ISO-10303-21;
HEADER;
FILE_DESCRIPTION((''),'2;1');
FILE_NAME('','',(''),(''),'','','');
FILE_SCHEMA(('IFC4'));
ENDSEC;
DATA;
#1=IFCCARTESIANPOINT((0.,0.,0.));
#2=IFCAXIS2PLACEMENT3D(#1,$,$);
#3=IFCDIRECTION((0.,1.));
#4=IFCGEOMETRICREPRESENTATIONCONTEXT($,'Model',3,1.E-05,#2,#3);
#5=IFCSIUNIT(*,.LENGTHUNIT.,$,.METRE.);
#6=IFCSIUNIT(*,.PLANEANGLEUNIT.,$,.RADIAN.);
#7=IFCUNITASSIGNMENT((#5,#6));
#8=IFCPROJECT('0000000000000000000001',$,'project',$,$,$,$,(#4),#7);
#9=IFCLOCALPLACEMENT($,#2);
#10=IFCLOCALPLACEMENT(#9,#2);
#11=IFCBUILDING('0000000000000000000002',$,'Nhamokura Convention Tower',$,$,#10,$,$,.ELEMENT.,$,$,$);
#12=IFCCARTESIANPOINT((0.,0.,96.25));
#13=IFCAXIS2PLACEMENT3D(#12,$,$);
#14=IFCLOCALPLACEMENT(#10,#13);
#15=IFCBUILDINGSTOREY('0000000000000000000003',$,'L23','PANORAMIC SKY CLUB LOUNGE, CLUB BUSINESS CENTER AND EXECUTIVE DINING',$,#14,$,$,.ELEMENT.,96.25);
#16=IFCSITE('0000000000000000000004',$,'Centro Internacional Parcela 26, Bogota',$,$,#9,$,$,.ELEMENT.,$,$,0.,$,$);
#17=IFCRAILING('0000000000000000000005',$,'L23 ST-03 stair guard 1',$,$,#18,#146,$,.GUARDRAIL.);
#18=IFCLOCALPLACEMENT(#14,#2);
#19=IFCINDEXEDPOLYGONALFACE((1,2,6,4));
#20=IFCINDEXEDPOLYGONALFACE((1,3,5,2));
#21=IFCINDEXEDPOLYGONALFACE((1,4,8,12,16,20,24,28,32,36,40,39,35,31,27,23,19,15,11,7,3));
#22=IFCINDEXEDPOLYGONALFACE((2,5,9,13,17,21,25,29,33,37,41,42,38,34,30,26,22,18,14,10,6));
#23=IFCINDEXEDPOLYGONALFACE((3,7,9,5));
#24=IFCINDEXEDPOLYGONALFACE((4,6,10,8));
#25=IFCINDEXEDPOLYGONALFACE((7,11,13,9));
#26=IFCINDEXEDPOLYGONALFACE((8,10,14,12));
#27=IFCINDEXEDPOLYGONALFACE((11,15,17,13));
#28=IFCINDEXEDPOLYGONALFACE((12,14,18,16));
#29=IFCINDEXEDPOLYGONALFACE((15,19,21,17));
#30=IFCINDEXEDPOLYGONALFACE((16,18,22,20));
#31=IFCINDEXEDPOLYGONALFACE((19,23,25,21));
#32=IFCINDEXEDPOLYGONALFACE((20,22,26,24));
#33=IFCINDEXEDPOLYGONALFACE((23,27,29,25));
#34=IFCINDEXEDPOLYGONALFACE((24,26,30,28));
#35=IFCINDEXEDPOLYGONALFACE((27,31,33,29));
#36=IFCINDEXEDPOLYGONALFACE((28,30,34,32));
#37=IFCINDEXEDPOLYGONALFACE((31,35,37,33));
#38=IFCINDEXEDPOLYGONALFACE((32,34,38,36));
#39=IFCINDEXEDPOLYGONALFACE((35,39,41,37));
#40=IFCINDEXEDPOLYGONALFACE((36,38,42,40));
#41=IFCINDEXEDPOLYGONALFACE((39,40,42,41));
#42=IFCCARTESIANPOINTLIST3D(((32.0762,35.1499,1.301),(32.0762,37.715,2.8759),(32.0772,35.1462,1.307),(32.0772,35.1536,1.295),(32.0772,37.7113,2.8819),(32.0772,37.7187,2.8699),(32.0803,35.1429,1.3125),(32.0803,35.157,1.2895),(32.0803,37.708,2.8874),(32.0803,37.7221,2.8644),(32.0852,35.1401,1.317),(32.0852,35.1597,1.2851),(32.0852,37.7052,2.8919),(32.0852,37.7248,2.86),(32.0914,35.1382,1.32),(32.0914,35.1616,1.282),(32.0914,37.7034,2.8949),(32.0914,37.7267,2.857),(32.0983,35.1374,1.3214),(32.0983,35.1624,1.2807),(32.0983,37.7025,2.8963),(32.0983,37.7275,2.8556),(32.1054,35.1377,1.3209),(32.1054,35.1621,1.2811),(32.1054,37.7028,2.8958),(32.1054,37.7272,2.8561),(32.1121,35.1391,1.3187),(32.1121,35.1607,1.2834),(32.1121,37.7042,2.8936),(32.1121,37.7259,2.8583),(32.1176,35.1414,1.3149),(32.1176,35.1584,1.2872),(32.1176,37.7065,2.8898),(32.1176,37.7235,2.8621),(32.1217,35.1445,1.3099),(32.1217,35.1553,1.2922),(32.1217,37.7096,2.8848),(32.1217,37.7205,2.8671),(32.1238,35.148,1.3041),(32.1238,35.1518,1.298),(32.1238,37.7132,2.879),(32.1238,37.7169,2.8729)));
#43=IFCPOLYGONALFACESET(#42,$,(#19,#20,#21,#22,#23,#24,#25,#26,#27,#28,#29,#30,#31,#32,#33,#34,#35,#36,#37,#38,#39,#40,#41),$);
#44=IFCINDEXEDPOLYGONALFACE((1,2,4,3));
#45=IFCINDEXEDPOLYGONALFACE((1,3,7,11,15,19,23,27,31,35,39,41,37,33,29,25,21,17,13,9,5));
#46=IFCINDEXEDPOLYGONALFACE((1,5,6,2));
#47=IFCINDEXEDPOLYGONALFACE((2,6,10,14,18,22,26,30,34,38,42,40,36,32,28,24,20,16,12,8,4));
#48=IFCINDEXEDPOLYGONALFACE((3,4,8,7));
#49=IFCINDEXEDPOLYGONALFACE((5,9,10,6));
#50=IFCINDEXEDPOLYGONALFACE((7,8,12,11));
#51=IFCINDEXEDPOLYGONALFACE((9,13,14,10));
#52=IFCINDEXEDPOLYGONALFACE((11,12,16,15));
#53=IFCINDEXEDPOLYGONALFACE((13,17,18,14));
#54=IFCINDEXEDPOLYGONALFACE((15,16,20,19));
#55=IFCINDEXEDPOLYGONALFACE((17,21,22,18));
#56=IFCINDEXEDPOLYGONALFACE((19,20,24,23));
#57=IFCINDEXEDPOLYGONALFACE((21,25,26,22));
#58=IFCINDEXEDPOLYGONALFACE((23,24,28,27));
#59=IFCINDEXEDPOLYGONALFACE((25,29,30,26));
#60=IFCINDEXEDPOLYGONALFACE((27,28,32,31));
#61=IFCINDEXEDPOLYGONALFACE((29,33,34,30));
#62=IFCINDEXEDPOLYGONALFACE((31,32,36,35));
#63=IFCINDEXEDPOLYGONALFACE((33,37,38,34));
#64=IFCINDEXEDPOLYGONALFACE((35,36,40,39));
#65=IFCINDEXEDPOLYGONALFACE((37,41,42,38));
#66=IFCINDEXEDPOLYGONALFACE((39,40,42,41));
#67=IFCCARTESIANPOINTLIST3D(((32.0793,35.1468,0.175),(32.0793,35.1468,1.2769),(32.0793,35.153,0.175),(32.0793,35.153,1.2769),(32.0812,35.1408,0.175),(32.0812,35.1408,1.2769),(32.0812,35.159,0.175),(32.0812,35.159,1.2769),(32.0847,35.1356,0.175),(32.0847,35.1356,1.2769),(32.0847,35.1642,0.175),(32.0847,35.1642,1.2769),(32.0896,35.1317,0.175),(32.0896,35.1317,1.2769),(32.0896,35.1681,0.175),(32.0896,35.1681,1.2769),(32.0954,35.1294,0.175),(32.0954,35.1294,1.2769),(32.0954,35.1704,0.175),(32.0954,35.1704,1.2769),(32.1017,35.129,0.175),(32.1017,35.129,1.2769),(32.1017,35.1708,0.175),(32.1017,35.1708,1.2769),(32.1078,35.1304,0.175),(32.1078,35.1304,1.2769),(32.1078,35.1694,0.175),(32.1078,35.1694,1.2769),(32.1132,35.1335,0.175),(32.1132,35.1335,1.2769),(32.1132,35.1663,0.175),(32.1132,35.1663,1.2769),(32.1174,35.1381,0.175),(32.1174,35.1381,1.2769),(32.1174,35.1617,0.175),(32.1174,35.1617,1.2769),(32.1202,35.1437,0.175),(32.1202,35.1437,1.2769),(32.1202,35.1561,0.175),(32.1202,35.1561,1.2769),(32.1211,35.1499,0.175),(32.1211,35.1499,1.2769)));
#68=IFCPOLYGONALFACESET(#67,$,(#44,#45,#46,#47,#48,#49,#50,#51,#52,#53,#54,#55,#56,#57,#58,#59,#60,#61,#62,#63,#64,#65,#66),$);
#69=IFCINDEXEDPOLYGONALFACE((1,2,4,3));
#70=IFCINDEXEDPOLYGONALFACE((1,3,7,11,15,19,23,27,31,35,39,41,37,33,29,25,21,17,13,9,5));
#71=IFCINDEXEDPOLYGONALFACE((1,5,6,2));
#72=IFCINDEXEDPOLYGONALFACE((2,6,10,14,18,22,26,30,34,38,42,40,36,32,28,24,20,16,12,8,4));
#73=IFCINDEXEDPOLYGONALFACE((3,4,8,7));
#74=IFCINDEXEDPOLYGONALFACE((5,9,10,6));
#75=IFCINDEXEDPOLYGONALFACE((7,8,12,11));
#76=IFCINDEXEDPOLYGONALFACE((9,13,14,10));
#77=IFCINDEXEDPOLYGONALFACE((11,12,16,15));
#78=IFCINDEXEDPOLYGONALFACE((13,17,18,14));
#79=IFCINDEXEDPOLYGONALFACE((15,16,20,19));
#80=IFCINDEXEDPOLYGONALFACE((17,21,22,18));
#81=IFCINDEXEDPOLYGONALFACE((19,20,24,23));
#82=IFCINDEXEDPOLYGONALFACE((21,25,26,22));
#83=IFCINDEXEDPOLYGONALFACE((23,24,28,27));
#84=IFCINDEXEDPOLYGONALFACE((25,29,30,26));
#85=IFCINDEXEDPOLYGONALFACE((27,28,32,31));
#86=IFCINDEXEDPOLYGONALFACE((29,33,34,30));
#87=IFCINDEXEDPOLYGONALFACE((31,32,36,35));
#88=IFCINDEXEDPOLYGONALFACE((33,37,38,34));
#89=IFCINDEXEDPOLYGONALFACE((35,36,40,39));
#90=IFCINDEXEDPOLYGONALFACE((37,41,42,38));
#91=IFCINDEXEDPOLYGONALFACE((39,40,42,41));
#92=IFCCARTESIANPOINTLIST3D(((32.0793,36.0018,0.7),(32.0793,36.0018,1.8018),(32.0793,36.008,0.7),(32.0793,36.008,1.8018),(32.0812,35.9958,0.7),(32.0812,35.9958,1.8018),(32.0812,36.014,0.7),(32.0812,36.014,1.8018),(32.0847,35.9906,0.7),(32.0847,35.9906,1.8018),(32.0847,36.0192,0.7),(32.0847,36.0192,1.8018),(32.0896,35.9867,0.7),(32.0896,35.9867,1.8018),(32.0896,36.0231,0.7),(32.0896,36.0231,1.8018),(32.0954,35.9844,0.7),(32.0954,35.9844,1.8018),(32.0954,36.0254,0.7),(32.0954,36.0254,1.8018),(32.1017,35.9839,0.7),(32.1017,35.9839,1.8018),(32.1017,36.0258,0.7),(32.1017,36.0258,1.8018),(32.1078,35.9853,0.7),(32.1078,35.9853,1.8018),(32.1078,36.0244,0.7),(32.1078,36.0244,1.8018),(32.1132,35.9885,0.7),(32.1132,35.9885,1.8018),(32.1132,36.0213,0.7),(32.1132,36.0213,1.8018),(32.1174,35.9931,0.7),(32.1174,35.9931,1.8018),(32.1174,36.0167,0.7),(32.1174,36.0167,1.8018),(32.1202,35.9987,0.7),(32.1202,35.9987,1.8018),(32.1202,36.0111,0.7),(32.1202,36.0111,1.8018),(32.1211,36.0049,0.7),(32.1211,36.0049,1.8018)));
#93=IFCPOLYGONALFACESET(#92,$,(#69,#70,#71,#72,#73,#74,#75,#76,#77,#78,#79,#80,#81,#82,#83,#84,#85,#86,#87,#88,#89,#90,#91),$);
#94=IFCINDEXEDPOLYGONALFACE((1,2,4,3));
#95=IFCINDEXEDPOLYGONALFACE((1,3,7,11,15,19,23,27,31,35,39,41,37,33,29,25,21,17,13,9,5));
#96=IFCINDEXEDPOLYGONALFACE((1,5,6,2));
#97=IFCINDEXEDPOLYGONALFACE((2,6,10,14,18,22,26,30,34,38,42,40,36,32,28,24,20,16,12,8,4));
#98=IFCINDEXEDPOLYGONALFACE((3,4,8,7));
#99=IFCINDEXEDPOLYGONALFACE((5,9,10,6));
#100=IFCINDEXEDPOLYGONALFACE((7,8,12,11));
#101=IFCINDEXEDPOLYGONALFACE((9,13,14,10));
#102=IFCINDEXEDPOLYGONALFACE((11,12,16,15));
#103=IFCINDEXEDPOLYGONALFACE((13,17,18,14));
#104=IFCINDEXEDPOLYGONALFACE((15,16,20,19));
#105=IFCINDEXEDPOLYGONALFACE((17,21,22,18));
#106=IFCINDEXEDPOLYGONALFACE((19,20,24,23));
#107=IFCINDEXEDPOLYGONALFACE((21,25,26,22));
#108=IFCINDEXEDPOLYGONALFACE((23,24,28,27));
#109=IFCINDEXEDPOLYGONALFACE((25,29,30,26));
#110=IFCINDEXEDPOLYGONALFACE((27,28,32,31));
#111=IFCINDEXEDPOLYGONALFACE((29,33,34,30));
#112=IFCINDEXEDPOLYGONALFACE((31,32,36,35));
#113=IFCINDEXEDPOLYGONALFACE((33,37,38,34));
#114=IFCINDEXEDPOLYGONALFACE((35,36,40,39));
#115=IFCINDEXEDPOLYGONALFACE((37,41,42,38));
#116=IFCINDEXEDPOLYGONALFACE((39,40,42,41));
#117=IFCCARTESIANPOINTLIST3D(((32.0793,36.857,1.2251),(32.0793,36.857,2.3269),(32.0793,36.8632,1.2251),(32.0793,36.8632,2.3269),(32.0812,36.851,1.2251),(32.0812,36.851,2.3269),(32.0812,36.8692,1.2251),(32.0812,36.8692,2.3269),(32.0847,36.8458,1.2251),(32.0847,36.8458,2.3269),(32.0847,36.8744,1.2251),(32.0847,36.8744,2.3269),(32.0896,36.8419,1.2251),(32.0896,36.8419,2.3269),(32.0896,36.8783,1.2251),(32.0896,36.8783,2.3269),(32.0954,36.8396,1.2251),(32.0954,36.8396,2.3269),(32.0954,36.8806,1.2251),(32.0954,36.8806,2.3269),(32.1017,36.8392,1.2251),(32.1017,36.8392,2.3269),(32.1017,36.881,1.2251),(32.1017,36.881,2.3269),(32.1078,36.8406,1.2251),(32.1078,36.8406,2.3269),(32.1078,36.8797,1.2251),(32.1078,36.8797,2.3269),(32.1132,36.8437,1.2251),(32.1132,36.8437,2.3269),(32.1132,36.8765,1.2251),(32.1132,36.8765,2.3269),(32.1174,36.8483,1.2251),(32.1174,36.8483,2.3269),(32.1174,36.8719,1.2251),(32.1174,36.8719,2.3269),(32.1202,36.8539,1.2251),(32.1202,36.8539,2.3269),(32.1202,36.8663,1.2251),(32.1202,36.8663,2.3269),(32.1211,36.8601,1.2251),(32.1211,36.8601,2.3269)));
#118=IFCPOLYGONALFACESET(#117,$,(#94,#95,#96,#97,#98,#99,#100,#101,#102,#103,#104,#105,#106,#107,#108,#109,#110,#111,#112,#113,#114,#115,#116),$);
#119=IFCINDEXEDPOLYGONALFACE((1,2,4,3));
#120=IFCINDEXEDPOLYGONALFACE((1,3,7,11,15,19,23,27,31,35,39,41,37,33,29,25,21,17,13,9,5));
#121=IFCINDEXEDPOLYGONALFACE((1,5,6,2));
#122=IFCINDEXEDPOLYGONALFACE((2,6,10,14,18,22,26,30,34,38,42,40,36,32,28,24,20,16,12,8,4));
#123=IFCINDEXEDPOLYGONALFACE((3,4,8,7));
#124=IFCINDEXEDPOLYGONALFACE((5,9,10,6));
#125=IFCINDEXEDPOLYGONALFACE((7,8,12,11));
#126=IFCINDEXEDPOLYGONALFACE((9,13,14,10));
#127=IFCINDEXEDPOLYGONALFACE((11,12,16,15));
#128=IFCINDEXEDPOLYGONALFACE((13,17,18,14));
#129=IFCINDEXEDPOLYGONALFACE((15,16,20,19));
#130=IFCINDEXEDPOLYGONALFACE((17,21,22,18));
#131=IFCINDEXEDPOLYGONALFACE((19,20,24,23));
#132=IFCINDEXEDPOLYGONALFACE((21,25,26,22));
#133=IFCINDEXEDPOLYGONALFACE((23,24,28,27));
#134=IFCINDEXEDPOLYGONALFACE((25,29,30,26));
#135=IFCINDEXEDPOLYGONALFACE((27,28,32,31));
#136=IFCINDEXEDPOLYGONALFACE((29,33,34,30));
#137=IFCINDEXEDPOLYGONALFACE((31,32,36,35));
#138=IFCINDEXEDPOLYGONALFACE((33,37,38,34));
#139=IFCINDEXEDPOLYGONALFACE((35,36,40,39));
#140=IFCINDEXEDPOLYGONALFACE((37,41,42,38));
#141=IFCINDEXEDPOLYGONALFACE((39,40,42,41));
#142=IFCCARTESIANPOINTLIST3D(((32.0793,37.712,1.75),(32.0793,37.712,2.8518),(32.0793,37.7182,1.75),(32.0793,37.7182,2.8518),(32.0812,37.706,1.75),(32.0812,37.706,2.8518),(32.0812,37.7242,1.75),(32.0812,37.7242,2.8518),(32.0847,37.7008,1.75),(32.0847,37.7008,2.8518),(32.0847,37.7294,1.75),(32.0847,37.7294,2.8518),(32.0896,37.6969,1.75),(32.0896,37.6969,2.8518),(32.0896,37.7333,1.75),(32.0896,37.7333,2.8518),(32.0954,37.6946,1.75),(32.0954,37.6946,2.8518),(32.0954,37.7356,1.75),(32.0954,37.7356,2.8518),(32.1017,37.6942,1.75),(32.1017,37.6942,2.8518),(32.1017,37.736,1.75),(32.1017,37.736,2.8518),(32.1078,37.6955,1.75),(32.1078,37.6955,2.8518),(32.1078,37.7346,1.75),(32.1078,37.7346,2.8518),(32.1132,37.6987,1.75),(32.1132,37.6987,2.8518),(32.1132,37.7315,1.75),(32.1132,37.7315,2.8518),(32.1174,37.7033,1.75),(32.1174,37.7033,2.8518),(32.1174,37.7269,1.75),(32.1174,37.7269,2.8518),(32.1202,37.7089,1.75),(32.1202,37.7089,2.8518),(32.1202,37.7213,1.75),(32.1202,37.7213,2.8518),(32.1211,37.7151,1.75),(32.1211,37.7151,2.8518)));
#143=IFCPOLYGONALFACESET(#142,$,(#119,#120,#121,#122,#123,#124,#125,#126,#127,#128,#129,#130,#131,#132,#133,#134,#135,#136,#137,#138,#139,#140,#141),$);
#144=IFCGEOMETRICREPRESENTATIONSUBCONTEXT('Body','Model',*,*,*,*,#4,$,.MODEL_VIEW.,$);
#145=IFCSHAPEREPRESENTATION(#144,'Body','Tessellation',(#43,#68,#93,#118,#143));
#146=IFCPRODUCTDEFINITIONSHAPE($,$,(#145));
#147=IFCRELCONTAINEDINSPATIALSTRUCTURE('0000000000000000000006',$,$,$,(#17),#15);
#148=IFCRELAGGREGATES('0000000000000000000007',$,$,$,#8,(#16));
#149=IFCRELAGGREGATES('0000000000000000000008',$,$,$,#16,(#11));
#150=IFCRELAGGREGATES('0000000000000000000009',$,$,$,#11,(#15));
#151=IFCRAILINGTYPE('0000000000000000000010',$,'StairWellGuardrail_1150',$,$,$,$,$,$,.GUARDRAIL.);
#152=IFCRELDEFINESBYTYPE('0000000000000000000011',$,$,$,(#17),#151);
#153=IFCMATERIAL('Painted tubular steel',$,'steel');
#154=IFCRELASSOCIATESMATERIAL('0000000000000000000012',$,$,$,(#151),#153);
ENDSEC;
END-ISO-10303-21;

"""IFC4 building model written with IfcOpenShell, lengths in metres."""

from ifc_helpers import new_model, si_unit, direction, frame, origin, origin_2d, place, context, subcontext, project, spatial, circle, extrude, material, type_object, element, save


model = new_model("IFC4")

# Units and contexts
model_context = context("Model", 3, precision=1e-05, world=origin(), true_north=direction((0.0, 1.0)))
body_context = subcontext(model_context, "Body", "Model", "MODEL_VIEW")
ifc_project = project(units=[si_unit("LENGTHUNIT", "METRE"), si_unit("PLANEANGLEUNIT", "RADIAN")], contexts=[model_context])

# Site, building, storey
site_placement = place(None, origin())
site = spatial("IfcSite", under=ifc_project, at=site_placement, Name="Centro Internacional Parcela 26, Bogota", CompositionType="ELEMENT", RefElevation=0.0)
building_placement = place(site_placement, origin())
building = spatial("IfcBuilding", under=site, at=building_placement, Name="Nhamokura Convention Tower", CompositionType="ELEMENT")
storey_placement = place(building_placement, frame((0.0, 0.0, 96.25)))
storey = spatial("IfcBuildingStorey", under=building, at=storey_placement, Name="L23", Description="PANORAMIC SKY CLUB LOUNGE, CLUB BUSINESS CENTER AND EXECUTIVE DINING", CompositionType="ELEMENT", Elevation=96.25)

# Railing
ifc_material_1 = material(Name="Painted tubular steel", Category="steel")
railing_type_1 = type_object("IfcRailingType", Name="StairWellGuardrail_1150", PredefinedType="GUARDRAIL", material=ifc_material_1)
railing_1_placement = place(storey_placement, frame((32.1001, 35.1499, 0.175)))
element("IfcRailing", 1, at=railing_1_placement, inside=storey, type_object=railing_type_1, Name="L23 ST-03 stair guard 1", PredefinedType="GUARDRAIL", context=body_context, shape_type="SweptSolid", body=[
    extrude(circle(Radius=0.0239, at=origin_2d()), frame((0.0, 0.0, 1.126), z_axis=(0.0, 0.852195, 0.523224), x_axis=(-1.0, 0.0, 0.0)), (0.0, 0.0, 1.0), 3.01),
    extrude(circle(Radius=0.021, at=origin_2d()), origin(), (0.0, 0.0, 1.0), 1.1018),
    extrude(circle(Radius=0.021, at=origin_2d()), frame((0.0, 0.855, 0.5249)), (0.0, 0.0, 1.0), 1.1018),
    extrude(circle(Radius=0.021, at=origin_2d()), frame((0.0, 1.7102, 1.05)), (0.0, 0.0, 1.0), 1.1018),
    extrude(circle(Radius=0.021, at=origin_2d()), frame((0.0, 2.5652, 1.575)), (0.0, 0.0, 1.0), 1.1018),
])

save(model, "model.ifc")
